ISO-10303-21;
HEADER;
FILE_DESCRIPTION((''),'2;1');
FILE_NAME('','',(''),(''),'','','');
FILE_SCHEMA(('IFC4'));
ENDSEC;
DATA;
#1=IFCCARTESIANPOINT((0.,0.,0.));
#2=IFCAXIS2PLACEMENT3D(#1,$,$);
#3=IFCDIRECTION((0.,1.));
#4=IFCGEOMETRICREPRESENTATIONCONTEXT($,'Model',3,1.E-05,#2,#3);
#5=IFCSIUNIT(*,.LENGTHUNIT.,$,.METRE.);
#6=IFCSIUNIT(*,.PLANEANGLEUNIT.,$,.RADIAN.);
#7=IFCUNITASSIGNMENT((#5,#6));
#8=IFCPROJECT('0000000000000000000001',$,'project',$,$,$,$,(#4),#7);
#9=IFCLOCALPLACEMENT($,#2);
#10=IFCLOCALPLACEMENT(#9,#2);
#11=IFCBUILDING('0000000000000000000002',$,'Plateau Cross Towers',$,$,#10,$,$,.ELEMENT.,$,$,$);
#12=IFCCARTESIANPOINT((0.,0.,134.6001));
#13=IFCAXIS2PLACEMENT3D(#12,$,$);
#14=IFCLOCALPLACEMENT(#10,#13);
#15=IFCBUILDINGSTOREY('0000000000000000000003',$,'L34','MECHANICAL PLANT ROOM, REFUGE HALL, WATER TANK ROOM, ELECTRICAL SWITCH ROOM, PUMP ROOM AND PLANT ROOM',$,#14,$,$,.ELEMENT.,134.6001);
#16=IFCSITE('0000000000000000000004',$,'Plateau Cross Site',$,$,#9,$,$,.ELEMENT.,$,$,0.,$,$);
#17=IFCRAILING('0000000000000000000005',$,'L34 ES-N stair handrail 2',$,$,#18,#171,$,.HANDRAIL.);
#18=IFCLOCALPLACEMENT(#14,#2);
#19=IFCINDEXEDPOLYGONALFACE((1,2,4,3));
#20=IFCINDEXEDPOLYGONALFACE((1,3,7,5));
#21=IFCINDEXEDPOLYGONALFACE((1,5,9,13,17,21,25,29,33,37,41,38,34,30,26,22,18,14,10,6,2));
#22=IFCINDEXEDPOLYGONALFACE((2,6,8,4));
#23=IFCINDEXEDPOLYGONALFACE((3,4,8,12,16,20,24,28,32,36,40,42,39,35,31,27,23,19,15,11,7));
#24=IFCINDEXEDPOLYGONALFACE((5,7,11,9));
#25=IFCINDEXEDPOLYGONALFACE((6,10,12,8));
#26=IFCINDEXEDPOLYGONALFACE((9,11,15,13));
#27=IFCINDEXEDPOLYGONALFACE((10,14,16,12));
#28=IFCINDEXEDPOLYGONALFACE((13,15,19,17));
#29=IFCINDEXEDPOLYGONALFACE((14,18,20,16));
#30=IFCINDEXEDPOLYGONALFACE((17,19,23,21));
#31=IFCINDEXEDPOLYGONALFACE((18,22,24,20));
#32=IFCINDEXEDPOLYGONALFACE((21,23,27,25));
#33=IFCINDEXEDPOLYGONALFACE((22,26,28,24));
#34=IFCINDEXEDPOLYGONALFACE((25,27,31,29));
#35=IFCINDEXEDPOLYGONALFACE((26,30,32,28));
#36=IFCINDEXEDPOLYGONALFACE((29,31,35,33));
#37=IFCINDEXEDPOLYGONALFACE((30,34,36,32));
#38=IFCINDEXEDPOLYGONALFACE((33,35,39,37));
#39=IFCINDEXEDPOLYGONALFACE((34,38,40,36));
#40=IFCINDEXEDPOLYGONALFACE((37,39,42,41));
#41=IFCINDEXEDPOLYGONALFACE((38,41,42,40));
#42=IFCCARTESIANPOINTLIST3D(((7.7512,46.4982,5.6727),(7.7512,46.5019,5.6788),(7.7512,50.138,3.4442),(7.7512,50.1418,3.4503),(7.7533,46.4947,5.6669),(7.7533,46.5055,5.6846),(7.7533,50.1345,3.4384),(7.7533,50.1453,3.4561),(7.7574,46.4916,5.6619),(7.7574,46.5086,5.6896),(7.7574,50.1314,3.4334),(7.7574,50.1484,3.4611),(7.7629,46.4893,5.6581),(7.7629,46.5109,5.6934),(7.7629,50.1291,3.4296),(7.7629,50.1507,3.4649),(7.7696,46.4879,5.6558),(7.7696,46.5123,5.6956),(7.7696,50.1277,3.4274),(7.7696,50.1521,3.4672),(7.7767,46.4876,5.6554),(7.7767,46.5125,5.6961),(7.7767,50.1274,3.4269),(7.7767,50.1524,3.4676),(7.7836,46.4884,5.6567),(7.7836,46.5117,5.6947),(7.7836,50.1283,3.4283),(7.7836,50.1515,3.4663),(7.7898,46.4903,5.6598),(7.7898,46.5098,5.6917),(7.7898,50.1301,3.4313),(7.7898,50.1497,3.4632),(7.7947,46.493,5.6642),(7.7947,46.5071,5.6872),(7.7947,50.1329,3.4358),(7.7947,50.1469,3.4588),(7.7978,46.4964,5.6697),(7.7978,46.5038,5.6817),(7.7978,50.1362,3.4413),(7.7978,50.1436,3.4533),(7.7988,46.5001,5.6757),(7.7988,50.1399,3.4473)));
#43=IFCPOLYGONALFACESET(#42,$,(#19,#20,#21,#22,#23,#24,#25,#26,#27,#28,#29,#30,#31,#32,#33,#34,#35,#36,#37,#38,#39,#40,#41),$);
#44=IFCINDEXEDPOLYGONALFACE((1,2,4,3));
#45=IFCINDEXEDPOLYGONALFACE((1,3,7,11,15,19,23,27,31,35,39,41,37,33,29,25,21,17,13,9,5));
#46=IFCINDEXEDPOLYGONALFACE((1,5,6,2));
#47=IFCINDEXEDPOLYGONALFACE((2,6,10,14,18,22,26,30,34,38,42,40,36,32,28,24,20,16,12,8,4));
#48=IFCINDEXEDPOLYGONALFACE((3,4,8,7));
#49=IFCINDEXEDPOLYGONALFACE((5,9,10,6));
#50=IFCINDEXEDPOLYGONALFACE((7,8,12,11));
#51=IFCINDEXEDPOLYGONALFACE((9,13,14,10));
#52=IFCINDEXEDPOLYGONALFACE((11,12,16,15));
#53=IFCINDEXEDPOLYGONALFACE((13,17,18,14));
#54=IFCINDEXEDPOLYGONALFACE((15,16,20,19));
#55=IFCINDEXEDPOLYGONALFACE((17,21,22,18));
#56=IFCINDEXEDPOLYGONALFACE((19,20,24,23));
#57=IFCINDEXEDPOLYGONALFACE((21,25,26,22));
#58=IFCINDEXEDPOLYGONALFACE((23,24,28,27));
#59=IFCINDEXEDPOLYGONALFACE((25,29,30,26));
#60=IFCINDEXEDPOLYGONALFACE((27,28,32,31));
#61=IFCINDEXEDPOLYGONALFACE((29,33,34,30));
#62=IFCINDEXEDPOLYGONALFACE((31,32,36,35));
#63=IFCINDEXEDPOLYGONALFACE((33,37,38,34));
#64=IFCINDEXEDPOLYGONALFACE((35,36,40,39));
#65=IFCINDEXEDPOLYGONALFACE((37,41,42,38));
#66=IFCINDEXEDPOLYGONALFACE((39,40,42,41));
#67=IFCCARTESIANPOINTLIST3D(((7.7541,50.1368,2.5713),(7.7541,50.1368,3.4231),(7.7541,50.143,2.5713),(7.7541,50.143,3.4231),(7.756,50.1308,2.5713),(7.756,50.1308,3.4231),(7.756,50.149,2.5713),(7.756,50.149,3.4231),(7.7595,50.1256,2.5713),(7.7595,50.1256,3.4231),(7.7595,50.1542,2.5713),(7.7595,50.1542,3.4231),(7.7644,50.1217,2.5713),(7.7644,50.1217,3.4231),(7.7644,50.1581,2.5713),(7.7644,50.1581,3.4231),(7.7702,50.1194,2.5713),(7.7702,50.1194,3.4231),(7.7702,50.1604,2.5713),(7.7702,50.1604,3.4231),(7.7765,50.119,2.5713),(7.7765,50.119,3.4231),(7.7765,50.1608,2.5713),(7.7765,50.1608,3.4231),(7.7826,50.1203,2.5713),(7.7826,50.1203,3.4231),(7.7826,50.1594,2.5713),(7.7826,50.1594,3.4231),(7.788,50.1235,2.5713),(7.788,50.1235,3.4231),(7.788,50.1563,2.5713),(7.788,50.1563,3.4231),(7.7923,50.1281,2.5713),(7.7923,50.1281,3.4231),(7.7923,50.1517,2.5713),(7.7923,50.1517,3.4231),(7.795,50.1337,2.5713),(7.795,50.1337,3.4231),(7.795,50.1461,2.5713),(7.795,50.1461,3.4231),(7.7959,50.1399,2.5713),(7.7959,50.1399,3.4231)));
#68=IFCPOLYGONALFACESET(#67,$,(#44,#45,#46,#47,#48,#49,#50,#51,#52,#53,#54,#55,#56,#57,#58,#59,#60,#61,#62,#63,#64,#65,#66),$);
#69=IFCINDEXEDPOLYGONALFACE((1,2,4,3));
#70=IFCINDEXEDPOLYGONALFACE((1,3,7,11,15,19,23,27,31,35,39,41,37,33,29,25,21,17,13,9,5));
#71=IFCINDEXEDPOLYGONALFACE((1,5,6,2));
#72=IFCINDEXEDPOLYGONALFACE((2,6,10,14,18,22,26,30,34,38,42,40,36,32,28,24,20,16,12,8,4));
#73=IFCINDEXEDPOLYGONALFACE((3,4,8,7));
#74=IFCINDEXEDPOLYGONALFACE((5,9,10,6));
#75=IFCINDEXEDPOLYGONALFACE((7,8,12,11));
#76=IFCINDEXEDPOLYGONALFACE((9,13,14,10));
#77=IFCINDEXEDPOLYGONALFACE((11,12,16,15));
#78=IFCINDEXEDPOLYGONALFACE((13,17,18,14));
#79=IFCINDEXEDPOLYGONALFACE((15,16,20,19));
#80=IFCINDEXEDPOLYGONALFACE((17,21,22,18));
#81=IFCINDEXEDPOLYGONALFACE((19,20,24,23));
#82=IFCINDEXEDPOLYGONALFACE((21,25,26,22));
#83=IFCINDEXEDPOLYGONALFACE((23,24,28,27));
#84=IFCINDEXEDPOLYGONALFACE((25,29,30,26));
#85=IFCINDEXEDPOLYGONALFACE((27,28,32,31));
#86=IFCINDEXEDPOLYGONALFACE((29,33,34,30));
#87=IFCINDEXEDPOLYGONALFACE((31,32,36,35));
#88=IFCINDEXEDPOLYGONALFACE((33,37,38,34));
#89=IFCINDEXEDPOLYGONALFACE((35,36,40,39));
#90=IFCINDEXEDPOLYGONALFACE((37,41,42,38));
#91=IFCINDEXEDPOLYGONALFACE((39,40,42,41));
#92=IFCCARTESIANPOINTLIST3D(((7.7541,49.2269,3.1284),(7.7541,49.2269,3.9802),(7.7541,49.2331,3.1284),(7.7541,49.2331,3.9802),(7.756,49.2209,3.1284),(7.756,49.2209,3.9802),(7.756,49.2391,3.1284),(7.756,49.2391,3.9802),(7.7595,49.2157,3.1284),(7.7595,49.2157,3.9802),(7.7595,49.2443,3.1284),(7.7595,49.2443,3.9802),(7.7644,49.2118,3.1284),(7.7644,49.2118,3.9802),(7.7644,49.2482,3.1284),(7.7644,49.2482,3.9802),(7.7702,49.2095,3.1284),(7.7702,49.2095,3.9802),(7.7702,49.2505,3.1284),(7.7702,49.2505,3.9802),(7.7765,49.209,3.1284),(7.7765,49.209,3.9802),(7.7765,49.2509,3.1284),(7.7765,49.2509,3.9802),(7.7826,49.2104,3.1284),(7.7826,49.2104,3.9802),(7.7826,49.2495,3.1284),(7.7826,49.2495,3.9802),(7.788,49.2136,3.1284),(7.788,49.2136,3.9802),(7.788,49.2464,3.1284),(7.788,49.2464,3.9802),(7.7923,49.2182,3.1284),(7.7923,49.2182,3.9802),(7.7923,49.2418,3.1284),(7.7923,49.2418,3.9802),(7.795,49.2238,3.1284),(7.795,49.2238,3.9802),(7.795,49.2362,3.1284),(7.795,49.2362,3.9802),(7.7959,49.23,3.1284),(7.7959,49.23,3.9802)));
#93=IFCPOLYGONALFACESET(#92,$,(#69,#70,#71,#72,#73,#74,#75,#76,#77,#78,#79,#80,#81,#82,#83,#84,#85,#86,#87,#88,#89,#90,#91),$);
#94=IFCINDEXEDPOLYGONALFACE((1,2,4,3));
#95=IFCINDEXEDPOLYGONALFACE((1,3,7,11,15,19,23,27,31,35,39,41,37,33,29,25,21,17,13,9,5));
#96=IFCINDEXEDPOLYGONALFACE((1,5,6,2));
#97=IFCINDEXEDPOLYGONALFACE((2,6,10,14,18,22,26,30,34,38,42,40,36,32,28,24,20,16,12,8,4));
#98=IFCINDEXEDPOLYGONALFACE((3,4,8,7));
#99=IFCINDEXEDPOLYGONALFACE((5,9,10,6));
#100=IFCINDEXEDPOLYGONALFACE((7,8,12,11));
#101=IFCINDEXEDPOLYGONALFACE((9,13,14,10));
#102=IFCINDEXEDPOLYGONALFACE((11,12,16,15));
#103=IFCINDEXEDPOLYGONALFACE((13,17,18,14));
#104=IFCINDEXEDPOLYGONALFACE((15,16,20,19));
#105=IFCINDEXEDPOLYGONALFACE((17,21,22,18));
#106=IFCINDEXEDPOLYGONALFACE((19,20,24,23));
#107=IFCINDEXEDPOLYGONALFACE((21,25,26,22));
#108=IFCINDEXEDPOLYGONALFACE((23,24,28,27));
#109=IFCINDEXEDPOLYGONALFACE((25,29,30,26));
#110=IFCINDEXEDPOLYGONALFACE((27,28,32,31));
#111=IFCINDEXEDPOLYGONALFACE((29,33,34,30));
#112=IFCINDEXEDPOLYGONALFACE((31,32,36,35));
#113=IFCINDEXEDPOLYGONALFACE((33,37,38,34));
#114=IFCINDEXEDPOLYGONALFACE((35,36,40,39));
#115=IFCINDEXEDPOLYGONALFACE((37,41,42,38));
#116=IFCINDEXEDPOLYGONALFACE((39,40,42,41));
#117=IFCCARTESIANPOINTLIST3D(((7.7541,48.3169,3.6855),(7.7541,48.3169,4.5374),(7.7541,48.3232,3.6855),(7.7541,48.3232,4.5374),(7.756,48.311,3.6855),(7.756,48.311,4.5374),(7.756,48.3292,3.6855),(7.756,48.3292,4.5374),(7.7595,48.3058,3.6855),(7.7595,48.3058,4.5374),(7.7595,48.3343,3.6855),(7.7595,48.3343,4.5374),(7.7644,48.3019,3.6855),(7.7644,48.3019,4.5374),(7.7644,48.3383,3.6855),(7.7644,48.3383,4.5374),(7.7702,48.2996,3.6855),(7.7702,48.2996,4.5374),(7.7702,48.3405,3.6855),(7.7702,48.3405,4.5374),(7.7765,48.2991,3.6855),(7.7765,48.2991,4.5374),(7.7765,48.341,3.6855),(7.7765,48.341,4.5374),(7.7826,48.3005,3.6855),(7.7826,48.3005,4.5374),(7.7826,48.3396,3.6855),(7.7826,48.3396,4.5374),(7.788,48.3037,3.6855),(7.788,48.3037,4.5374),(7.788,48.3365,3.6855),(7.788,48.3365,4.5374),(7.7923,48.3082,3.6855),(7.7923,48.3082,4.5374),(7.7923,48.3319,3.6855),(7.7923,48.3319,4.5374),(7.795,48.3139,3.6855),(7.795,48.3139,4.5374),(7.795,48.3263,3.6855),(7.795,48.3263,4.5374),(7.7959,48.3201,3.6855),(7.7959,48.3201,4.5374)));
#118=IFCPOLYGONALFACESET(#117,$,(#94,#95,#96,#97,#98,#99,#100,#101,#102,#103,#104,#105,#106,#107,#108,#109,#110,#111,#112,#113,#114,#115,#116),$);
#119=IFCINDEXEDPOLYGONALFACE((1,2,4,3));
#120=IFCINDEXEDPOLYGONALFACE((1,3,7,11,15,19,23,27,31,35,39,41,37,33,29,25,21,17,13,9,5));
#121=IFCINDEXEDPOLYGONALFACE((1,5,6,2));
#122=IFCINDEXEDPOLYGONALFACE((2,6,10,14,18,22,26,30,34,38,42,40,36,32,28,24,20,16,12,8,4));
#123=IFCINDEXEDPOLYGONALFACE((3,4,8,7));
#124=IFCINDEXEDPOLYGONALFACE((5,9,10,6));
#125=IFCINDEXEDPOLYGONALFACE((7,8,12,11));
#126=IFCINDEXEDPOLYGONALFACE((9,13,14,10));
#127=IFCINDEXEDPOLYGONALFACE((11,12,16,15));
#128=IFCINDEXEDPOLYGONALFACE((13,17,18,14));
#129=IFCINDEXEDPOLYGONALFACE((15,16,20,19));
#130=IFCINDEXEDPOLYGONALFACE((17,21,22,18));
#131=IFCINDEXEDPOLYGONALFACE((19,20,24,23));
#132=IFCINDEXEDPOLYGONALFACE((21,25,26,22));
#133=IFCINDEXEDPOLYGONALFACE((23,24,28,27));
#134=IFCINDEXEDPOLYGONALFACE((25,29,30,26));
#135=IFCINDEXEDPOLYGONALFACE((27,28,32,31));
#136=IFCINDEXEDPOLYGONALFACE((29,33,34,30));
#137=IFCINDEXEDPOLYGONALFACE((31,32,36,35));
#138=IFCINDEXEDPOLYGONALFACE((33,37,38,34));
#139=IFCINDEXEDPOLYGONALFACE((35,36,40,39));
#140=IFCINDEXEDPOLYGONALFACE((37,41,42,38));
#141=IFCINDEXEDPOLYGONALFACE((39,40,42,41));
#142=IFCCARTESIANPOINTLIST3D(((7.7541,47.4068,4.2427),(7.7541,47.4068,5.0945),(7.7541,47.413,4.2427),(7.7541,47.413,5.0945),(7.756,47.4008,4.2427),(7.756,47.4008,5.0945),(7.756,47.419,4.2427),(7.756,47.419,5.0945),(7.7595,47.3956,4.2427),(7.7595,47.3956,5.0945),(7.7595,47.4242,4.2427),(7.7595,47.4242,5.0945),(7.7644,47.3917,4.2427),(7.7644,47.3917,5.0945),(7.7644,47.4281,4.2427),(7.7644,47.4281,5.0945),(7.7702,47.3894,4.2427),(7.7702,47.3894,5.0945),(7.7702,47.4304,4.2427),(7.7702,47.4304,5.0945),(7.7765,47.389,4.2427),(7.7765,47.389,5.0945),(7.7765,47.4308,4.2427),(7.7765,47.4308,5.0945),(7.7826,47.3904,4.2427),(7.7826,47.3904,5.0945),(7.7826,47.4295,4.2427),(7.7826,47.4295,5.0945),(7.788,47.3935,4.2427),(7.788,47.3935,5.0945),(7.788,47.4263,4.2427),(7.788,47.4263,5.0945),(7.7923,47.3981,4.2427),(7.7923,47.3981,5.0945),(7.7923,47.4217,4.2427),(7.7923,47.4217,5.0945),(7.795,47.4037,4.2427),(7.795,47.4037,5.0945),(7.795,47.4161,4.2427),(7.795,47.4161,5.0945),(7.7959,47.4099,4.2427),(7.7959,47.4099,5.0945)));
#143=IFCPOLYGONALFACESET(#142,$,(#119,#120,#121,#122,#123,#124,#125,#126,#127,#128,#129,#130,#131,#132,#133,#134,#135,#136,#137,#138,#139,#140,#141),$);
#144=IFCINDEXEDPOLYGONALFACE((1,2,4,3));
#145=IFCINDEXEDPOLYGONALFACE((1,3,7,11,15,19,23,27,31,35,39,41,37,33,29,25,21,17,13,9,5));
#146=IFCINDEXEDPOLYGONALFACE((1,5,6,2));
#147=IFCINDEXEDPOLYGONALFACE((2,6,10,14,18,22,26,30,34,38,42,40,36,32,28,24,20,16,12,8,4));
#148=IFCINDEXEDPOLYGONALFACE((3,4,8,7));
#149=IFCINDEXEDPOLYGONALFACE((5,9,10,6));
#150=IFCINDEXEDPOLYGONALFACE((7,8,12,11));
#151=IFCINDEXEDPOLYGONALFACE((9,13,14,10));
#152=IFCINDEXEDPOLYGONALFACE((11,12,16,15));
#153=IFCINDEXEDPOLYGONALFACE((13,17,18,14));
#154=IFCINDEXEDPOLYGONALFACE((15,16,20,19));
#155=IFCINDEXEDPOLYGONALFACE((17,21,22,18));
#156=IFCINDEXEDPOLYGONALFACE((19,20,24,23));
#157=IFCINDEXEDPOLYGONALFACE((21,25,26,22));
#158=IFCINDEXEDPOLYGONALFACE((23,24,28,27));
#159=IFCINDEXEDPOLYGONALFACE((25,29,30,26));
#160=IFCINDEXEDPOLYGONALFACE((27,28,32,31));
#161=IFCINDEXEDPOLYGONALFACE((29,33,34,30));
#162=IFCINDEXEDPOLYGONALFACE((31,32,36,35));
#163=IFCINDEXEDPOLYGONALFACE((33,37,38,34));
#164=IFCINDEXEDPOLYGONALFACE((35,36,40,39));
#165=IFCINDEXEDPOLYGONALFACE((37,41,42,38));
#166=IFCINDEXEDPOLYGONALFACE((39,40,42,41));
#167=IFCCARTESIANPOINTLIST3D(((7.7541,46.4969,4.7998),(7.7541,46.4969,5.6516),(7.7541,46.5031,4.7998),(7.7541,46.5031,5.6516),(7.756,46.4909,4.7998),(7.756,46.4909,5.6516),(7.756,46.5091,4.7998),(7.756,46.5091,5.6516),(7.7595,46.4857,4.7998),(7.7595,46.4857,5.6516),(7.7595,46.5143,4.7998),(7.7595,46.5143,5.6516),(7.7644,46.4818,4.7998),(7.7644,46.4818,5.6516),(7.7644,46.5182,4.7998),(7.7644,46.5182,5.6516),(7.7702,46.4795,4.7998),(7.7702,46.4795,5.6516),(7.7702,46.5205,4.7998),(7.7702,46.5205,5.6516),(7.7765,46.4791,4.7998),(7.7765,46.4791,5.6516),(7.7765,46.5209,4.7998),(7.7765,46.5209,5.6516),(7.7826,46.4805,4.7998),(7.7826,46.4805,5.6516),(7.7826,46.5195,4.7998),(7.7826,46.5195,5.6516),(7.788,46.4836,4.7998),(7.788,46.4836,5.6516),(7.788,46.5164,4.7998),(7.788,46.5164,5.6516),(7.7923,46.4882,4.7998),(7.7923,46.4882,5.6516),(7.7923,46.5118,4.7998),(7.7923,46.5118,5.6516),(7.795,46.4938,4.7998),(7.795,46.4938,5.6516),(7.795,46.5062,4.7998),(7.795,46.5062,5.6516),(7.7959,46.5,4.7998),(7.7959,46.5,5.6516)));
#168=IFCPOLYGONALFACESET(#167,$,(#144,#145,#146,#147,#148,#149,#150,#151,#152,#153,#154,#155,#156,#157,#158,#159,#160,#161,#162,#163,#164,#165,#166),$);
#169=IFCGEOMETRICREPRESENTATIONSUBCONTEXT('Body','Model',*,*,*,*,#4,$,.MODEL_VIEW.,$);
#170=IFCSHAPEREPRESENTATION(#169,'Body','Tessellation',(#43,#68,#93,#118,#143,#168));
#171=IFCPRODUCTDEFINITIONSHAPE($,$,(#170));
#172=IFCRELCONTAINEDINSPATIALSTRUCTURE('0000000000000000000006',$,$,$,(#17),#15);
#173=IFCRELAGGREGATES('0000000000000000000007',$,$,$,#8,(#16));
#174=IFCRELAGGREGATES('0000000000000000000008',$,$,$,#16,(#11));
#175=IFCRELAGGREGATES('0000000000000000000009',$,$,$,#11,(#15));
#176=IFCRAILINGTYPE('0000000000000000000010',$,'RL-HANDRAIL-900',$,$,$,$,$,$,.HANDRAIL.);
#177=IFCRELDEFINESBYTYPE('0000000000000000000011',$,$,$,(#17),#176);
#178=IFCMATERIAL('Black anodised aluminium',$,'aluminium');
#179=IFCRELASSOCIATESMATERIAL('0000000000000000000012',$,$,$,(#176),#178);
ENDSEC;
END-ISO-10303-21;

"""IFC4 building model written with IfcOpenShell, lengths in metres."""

from ifc_helpers import new_model, si_unit, direction, frame, origin, origin_2d, place, context, subcontext, project, spatial, circle, extrude, material, type_object, element, save


model = new_model("IFC4")

# Units and contexts
model_context = context("Model", 3, precision=1e-05, world=origin(), true_north=direction((0.0, 1.0)))
body_context = subcontext(model_context, "Body", "Model", "MODEL_VIEW")
ifc_project = project(units=[si_unit("LENGTHUNIT", "METRE"), si_unit("PLANEANGLEUNIT", "RADIAN")], contexts=[model_context])

# Site, building, storey
site_placement = place(None, origin())
site = spatial("IfcSite", under=ifc_project, at=site_placement, Name="Plateau Cross Site", CompositionType="ELEMENT", RefElevation=0.0)
building_placement = place(site_placement, origin())
building = spatial("IfcBuilding", under=site, at=building_placement, Name="Plateau Cross Towers", CompositionType="ELEMENT")
storey_placement = place(building_placement, frame((0.0, 0.0, 134.6001)))
storey = spatial("IfcBuildingStorey", under=building, at=storey_placement, Name="L34", Description="MECHANICAL PLANT ROOM, REFUGE HALL, WATER TANK ROOM, ELECTRICAL SWITCH ROOM, PUMP ROOM AND PLANT ROOM", CompositionType="ELEMENT", Elevation=134.6001)

# Shared definitions
ifc_material_1 = material(Name="Black anodised aluminium", Category="aluminium")

# Railing
railing_type_1 = type_object("IfcRailingType", Name="RL-HANDRAIL-900", PredefinedType="HANDRAIL", material=ifc_material_1)
railing_1_placement = place(storey_placement, frame((7.7749, 50.1399, 2.5713)))
element("IfcRailing", 1, at=railing_1_placement, inside=storey, type_object=railing_type_1, Name="L34 ES-N stair handrail 2", PredefinedType="HANDRAIL", context=body_context, shape_type="SweptSolid", body=[
    extrude(circle(Radius=0.0239, at=origin_2d()), frame((0.0, 0.0, 0.876), z_axis=(0.0, -0.85285, 0.522156), x_axis=(1.0, 0.0, 0.0)), (0.0, 0.0, 1.0), 4.2678),
    extrude(circle(Radius=0.021, at=origin_2d()), origin(), (0.0, 0.0, 1.0), 0.8518),
    extrude(circle(Radius=0.021, at=origin_2d()), frame((0.0, -0.9099, 0.5571)), (0.0, 0.0, 1.0), 0.8518),
    extrude(circle(Radius=0.021, at=origin_2d()), frame((0.0, -1.8198, 1.1143)), (0.0, 0.0, 1.0), 0.8518),
    extrude(circle(Radius=0.021, at=origin_2d()), frame((0.0, -2.73, 1.6714)), (0.0, 0.0, 1.0), 0.8518),
    extrude(circle(Radius=0.021, at=origin_2d()), frame((0.0, -3.6399, 2.2285)), (0.0, 0.0, 1.0), 0.8518),
])

save(model, "model.ifc")
